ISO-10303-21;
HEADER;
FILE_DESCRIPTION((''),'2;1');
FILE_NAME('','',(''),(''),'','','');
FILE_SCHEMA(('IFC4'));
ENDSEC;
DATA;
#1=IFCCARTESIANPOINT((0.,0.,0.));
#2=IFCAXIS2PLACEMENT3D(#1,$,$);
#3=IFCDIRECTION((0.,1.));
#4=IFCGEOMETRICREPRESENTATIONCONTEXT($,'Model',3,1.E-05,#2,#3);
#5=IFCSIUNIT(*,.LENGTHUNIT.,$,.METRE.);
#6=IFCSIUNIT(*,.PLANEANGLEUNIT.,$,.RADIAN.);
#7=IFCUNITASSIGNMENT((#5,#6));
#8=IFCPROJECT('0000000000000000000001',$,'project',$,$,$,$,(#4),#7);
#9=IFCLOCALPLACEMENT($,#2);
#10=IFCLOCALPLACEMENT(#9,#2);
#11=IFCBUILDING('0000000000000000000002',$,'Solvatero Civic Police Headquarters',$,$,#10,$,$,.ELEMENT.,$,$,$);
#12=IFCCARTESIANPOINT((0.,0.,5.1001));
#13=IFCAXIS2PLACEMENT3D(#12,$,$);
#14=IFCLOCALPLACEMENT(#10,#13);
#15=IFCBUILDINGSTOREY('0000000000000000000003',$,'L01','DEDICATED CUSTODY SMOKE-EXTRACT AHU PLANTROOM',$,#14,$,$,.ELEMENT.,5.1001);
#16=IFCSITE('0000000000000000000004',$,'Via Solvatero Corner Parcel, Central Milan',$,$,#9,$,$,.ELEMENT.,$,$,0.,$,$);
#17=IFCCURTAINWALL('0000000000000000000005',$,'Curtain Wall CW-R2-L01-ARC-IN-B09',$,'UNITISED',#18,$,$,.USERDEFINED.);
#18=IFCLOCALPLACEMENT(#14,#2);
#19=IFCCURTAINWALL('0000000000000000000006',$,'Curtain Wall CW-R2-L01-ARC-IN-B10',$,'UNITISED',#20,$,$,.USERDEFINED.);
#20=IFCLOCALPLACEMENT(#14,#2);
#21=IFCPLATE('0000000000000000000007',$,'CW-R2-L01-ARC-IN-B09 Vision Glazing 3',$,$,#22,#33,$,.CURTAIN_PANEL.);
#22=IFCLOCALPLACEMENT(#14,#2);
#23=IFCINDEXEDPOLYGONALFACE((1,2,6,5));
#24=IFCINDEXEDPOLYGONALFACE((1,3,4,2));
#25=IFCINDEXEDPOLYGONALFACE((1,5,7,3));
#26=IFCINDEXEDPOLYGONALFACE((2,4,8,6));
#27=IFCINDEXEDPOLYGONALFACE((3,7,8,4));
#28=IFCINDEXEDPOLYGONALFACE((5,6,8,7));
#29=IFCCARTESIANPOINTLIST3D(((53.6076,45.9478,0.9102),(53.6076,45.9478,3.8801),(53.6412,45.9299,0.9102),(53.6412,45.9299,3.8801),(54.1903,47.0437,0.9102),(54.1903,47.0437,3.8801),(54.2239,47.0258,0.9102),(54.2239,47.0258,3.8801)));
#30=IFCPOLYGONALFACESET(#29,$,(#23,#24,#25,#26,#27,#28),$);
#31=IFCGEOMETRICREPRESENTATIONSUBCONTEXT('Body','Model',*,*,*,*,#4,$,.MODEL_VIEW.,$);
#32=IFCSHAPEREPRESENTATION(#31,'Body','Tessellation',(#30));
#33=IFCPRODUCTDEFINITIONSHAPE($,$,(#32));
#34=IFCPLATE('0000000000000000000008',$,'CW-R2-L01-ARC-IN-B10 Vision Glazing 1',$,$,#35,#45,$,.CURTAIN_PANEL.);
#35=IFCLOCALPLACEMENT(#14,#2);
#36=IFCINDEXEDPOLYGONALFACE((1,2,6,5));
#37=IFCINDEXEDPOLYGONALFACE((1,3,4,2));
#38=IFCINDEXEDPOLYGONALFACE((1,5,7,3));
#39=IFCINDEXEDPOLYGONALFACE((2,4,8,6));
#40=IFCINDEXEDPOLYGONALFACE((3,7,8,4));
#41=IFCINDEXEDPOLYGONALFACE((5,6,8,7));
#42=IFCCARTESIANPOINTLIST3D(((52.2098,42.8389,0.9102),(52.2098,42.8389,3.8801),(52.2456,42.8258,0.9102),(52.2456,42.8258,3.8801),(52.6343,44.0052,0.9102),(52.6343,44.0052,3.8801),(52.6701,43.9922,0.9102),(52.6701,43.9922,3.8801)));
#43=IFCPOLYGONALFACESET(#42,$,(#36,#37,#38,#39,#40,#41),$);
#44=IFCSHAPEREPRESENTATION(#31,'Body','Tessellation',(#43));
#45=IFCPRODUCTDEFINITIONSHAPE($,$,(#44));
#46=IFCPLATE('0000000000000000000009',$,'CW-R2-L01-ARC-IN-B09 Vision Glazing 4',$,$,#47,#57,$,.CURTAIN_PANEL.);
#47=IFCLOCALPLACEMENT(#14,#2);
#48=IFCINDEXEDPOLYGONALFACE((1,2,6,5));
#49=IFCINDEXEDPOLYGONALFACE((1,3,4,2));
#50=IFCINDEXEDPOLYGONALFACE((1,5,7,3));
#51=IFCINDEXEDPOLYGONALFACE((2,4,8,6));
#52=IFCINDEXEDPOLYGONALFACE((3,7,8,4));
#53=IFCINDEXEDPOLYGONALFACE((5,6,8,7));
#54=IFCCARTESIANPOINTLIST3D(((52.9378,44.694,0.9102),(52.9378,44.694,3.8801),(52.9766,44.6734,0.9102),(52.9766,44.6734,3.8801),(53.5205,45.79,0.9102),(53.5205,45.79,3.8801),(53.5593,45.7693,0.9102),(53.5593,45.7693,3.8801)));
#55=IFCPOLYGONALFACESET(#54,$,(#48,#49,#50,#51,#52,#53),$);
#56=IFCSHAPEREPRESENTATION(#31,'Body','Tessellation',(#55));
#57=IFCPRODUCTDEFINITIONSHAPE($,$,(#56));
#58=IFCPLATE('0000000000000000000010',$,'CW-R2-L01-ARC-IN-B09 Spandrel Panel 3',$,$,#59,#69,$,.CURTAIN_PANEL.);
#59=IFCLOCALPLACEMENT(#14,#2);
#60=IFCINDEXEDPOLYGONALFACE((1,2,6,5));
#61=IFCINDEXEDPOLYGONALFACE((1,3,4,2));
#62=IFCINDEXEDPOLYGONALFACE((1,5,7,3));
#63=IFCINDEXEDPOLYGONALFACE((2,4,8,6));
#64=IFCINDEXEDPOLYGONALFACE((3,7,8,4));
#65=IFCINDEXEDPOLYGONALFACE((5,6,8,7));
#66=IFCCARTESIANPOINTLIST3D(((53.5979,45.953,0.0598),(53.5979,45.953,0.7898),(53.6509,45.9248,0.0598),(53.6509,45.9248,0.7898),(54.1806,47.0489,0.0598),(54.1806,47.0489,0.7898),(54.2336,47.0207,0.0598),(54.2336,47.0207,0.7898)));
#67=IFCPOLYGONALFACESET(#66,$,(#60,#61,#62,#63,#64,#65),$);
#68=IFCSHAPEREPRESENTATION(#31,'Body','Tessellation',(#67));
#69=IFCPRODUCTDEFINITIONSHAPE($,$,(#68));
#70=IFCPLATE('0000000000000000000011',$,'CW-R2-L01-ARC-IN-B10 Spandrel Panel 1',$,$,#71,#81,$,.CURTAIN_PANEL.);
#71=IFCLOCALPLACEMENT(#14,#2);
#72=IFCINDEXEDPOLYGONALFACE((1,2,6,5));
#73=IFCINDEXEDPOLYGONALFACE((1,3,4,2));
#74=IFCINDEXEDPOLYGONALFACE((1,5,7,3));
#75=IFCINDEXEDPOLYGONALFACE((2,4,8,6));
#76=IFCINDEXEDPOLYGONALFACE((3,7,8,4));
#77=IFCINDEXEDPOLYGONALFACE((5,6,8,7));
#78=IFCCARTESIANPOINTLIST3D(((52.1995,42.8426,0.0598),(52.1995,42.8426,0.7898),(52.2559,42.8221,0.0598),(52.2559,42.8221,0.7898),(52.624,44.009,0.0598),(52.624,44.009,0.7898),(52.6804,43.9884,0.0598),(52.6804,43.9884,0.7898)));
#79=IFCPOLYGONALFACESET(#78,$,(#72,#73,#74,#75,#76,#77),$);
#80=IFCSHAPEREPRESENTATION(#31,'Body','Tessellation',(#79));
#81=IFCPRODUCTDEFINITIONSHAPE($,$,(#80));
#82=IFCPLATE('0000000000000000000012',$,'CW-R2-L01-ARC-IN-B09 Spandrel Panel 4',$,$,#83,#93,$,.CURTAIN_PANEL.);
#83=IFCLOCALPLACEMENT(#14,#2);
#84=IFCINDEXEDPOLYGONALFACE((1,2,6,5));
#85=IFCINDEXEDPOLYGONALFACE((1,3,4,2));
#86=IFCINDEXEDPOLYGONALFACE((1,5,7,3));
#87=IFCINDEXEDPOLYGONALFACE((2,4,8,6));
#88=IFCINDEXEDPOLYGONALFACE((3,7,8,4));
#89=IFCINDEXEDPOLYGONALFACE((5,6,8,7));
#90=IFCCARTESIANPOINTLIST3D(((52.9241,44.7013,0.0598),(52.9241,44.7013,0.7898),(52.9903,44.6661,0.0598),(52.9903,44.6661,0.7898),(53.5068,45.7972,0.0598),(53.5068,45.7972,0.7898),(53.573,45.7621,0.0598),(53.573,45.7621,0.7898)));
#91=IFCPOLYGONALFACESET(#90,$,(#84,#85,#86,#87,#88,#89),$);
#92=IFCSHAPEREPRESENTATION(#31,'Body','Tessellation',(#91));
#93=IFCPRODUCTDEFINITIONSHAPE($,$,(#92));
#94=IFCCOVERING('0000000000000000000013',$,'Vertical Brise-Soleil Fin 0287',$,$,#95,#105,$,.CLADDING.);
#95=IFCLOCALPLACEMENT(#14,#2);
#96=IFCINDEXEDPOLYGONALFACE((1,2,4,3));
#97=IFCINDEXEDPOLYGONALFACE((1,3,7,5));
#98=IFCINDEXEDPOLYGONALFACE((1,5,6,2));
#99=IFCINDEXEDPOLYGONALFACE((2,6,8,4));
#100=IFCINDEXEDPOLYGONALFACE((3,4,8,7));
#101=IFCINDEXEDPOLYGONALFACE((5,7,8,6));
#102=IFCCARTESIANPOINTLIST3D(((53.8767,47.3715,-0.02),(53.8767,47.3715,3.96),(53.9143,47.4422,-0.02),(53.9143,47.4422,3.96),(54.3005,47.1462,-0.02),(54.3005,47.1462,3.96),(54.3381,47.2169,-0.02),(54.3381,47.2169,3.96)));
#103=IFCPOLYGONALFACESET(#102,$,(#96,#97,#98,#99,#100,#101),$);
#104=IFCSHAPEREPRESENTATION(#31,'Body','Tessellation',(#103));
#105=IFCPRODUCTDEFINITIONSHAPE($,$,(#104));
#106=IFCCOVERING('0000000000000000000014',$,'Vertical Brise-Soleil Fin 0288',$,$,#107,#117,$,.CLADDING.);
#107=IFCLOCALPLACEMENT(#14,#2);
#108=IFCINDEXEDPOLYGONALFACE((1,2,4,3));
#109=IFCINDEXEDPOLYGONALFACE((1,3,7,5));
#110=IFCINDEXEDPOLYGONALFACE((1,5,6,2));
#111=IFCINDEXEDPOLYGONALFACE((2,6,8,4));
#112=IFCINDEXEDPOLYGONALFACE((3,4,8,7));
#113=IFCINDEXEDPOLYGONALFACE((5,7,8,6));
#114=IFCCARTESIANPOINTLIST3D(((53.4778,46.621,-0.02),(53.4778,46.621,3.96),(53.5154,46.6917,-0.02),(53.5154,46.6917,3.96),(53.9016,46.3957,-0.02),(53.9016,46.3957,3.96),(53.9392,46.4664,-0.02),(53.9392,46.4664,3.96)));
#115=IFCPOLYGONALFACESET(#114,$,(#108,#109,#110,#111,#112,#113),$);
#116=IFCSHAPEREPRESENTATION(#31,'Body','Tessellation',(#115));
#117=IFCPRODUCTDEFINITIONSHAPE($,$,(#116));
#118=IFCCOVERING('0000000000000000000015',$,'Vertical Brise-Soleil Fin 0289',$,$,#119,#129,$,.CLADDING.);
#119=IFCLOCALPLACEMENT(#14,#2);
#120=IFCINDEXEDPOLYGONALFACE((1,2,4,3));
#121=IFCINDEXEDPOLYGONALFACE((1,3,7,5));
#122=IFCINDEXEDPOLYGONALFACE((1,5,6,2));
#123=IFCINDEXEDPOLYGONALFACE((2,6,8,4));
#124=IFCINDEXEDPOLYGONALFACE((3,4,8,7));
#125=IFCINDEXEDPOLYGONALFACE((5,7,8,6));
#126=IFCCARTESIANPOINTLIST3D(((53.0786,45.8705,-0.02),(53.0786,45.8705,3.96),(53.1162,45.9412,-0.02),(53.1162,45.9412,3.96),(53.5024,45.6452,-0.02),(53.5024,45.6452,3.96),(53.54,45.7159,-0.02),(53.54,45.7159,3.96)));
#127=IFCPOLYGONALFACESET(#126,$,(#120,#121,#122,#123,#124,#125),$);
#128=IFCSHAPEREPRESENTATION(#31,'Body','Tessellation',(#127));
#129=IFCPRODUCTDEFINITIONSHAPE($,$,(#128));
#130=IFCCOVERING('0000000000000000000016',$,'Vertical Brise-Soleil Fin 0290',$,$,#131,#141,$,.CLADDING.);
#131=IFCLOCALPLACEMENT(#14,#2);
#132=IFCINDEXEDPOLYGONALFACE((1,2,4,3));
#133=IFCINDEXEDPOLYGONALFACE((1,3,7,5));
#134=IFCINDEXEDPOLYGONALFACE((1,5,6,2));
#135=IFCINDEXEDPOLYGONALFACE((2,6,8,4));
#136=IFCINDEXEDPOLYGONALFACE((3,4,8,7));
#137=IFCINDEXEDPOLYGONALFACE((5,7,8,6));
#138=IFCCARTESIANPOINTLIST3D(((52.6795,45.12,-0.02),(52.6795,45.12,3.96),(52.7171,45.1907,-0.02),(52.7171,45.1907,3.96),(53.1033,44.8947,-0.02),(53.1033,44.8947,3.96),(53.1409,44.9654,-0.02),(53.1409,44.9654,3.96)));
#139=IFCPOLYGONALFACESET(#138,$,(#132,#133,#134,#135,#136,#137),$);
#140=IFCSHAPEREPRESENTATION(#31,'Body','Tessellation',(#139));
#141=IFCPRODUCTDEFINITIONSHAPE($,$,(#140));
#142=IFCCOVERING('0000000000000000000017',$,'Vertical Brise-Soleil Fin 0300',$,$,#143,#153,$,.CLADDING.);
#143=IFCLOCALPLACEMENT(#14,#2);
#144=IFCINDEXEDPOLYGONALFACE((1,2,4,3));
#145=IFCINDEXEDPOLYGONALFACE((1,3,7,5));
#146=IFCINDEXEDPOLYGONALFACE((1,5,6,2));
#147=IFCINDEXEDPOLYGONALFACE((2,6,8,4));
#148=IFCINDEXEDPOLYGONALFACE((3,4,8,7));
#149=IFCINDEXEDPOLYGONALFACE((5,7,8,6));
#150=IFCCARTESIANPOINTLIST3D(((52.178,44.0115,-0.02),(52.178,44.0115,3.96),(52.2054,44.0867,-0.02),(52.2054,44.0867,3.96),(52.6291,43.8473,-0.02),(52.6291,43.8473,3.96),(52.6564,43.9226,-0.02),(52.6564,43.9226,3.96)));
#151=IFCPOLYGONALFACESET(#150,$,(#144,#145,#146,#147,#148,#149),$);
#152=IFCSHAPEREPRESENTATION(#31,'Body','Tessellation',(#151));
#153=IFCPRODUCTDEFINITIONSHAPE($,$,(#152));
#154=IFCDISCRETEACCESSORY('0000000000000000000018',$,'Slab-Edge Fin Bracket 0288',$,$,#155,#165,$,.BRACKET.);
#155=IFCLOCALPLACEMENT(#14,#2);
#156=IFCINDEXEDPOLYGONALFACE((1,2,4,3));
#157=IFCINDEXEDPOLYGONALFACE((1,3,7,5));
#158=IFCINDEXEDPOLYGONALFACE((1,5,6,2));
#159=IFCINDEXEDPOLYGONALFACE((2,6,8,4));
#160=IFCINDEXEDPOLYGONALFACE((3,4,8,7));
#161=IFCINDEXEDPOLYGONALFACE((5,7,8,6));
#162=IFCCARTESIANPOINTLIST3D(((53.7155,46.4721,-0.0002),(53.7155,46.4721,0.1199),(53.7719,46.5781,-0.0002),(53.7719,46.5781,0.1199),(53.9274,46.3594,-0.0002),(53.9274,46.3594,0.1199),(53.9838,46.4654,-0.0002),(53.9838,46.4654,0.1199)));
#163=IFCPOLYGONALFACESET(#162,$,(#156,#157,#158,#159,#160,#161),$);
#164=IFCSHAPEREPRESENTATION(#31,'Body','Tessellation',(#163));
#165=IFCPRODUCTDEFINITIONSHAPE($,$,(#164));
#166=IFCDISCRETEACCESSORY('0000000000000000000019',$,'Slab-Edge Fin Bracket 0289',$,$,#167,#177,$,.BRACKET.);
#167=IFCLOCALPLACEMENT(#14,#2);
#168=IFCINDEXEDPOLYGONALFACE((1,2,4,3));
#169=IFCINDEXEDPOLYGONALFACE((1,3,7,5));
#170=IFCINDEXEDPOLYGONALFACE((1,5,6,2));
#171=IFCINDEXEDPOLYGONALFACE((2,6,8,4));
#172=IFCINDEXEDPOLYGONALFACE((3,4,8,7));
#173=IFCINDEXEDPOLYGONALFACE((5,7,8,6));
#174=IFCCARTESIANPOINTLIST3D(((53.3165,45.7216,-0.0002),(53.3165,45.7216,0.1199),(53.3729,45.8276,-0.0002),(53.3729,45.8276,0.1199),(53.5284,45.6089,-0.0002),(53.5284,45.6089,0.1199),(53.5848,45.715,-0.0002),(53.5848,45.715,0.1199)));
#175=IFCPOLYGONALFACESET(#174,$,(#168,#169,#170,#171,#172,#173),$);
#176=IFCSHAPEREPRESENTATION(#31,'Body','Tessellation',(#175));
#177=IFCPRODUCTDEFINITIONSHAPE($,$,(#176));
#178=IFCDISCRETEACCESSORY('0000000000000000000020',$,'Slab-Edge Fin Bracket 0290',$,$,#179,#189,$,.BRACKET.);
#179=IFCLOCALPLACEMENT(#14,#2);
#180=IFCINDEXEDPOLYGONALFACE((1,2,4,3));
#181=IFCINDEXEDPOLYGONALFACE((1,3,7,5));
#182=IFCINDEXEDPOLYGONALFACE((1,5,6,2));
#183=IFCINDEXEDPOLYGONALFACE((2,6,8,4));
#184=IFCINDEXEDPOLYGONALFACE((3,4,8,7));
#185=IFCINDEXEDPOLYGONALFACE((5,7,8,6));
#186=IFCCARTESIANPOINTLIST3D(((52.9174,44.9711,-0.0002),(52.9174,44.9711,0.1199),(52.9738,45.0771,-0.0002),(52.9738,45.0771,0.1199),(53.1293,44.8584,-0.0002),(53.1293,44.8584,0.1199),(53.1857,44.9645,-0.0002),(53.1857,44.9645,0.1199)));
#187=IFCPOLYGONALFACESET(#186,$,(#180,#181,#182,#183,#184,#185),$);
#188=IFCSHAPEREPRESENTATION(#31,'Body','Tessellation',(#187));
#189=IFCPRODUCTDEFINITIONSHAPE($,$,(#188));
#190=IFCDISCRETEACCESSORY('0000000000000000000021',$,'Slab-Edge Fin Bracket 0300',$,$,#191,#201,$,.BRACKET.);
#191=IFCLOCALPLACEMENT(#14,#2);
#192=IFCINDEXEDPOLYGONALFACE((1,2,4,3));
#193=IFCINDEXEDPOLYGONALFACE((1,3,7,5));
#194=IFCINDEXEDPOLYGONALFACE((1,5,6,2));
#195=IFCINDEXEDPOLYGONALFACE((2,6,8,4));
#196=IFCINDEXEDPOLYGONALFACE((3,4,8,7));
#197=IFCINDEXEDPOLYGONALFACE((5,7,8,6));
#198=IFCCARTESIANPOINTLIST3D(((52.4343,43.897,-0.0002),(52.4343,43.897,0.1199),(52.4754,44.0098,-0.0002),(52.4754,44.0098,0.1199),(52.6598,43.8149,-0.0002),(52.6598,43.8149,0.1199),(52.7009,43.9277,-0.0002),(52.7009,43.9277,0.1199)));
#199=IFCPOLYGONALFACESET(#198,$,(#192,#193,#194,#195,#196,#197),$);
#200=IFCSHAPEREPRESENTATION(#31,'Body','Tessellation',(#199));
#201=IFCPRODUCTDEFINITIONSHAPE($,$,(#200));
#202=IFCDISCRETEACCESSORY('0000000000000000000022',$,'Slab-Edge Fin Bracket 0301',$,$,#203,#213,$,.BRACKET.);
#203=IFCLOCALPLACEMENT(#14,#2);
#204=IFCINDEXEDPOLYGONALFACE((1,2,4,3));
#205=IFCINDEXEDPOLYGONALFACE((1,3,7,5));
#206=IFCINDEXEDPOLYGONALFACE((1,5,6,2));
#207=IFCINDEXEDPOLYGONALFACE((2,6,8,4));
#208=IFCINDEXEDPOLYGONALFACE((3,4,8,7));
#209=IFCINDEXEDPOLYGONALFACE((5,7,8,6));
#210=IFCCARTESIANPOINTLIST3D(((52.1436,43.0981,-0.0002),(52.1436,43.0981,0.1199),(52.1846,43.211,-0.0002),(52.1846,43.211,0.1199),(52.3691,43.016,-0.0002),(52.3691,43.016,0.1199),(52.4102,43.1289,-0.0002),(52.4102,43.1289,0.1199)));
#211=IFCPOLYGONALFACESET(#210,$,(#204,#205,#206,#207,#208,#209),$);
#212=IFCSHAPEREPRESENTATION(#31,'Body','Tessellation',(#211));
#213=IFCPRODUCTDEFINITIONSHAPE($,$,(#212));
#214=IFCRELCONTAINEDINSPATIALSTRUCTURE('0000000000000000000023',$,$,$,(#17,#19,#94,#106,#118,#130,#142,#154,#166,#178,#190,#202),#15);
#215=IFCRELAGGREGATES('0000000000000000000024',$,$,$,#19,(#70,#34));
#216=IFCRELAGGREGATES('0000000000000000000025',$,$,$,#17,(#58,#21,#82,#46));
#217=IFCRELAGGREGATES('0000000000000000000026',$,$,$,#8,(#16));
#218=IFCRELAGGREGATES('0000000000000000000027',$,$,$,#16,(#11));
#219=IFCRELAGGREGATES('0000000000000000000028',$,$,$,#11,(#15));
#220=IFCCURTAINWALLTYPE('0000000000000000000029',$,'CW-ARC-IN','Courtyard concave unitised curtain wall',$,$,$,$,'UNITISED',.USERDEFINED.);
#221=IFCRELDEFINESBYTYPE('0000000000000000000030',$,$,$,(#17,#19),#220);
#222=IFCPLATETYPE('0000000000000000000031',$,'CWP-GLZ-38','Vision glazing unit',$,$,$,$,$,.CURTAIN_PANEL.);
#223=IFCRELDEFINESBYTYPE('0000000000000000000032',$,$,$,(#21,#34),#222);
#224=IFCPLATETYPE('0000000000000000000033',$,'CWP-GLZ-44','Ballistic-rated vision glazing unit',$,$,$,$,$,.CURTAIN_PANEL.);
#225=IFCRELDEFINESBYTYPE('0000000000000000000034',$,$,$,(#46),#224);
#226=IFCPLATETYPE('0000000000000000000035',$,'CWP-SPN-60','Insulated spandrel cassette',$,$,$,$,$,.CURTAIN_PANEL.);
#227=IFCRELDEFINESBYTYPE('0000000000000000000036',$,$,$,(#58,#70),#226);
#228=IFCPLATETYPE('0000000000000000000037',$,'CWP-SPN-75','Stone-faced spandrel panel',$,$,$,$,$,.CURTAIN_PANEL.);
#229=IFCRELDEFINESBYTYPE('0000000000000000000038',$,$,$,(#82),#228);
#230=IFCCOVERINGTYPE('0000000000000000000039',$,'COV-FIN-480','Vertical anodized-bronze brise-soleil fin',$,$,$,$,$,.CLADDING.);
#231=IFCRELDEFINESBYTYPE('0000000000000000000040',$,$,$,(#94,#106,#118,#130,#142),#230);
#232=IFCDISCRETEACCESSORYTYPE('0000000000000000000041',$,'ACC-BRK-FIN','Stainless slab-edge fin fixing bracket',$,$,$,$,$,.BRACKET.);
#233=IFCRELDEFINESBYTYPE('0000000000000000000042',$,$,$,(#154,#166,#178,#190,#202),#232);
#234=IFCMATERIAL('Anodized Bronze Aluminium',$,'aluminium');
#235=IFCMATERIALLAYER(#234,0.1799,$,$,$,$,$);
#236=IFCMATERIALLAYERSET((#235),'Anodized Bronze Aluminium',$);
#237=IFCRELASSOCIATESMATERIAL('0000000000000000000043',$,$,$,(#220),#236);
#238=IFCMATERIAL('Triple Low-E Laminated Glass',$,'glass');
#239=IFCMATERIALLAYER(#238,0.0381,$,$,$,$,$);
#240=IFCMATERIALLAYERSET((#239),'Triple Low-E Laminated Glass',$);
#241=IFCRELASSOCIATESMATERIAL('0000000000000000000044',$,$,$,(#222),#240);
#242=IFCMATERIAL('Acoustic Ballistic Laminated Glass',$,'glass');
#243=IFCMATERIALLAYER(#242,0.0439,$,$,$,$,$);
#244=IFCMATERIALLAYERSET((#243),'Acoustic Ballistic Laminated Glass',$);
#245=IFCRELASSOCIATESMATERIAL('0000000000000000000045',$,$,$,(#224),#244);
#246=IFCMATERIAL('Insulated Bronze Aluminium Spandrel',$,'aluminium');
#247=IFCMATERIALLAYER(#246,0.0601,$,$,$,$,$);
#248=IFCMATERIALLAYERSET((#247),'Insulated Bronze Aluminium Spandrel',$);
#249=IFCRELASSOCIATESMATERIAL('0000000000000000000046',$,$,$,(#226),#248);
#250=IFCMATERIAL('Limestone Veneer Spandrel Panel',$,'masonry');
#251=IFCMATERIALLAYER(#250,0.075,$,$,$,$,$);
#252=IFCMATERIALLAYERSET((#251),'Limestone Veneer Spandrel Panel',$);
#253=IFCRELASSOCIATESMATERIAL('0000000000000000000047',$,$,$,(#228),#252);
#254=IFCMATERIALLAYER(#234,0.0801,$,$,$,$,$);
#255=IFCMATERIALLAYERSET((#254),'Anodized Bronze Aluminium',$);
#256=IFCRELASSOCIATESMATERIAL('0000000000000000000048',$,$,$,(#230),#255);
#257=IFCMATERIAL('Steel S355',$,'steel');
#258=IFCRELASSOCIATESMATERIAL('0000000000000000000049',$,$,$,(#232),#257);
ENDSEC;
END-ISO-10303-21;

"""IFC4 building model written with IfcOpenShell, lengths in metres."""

from ifc_helpers import new_model, si_unit, direction, frame, origin, origin_2d, place, context, subcontext, project, spatial, rectangle, extrude, material, layer, layer_set, type_object, element, aggregate, save


model = new_model("IFC4")

# Units and contexts
model_context = context("Model", 3, precision=1e-05, world=origin(), true_north=direction((0.0, 1.0)))
body_context = subcontext(model_context, "Body", "Model", "MODEL_VIEW")
ifc_project = project(units=[si_unit("LENGTHUNIT", "METRE"), si_unit("PLANEANGLEUNIT", "RADIAN")], contexts=[model_context])

# Site, building, storey
site_placement = place(None, origin())
site = spatial("IfcSite", under=ifc_project, at=site_placement, Name="Via Solvatero Corner Parcel, Central Milan", CompositionType="ELEMENT", RefElevation=0.0)
building_placement = place(site_placement, origin())
building = spatial("IfcBuilding", under=site, at=building_placement, Name="Solvatero Civic Police Headquarters", CompositionType="ELEMENT")
storey_placement = place(building_placement, frame((0.0, 0.0, 5.1001)))
storey = spatial("IfcBuildingStorey", under=building, at=storey_placement, Name="L01", Description="DEDICATED CUSTODY SMOKE-EXTRACT AHU PLANTROOM", CompositionType="ELEMENT", Elevation=5.1001)

# Shared definitions
ifc_material_1 = material(Name="Steel S355", Category="steel")

# Curtain walls
ifc_material_2 = material(Name="Anodized Bronze Aluminium", Category="aluminium")
ifc_layer_1 = layer(ifc_material_2, 0.1799)
ifc_layer_set_1 = layer_set([ifc_layer_1], Name="Anodized Bronze Aluminium")
curtain_wall_type = type_object("IfcCurtainWallType", Name="CW-ARC-IN", Description="Courtyard concave unitised curtain wall", ElementType="UNITISED", PredefinedType="USERDEFINED", material=ifc_layer_set_1)
curtain_wall_1_placement = place(storey_placement, origin())
curtain_wall_1 = element("IfcCurtainWall", 1, at=curtain_wall_1_placement, inside=storey, type_object=curtain_wall_type, Name="Curtain Wall CW-R2-L01-ARC-IN-B09", ObjectType="UNITISED", PredefinedType="USERDEFINED")
curtain_wall_2_placement = place(storey_placement, origin())
curtain_wall_2 = element("IfcCurtainWall", 2, at=curtain_wall_2_placement, inside=storey, type_object=curtain_wall_type, Name="Curtain Wall CW-R2-L01-ARC-IN-B10", ObjectType="UNITISED", PredefinedType="USERDEFINED")

# Plates
ifc_material_3 = material(Name="Triple Low-E Laminated Glass", Category="glass")
ifc_layer_2 = layer(ifc_material_3, 0.0381)
ifc_layer_set_2 = layer_set([ifc_layer_2], Name="Triple Low-E Laminated Glass")
plate_type_1 = type_object("IfcPlateType", Name="CWP-GLZ-38", Description="Vision glazing unit", PredefinedType="CURTAIN_PANEL", material=ifc_layer_set_2)
plate_1_placement = place(storey_placement, frame((53.9158, 46.4868, 0.9102), z_axis=(0.0, 0.0, 1.0), x_axis=(-0.469472, -0.882948, 0.0)))
plate_1 = element("IfcPlate", 3, at=plate_1_placement, type_object=plate_type_1, Name="CW-R2-L01-ARC-IN-B09 Vision Glazing 3", PredefinedType="CURTAIN_PANEL", context=body_context, shape_type="SweptSolid", body=[
    extrude(rectangle(XDim=1.2412, YDim=0.0381, at=origin_2d()), origin(), (0.0, 0.0, 1.0), 2.97),
])
plate_2_placement = place(storey_placement, frame((52.4399, 43.4155, 0.9102), z_axis=(0.0, 0.0, 1.0), x_axis=(-0.34202, -0.939693, 0.0)))
plate_2 = element("IfcPlate", 4, at=plate_2_placement, type_object=plate_type_1, Name="CW-R2-L01-ARC-IN-B10 Vision Glazing 1", PredefinedType="CURTAIN_PANEL", context=body_context, shape_type="SweptSolid", body=[
    extrude(rectangle(XDim=1.2412, YDim=0.0381, at=origin_2d()), origin(), (0.0, 0.0, 1.0), 2.97),
])
ifc_material_4 = material(Name="Acoustic Ballistic Laminated Glass", Category="glass")
ifc_layer_3 = layer(ifc_material_4, 0.0439)
ifc_layer_set_3 = layer_set([ifc_layer_3], Name="Acoustic Ballistic Laminated Glass")
plate_type_2 = type_object("IfcPlateType", Name="CWP-GLZ-44", Description="Ballistic-rated vision glazing unit", PredefinedType="CURTAIN_PANEL", material=ifc_layer_set_3)
plate_3_placement = place(storey_placement, frame((53.2485, 45.2317, 0.9102), z_axis=(0.0, 0.0, 1.0), x_axis=(-0.469472, -0.882948, 0.0)))
plate_3 = element("IfcPlate", 5, at=plate_3_placement, type_object=plate_type_2, Name="CW-R2-L01-ARC-IN-B09 Vision Glazing 4", PredefinedType="CURTAIN_PANEL", context=body_context, shape_type="SweptSolid", body=[
    extrude(rectangle(XDim=1.2412, YDim=0.0439, at=origin_2d()), origin(), (0.0, 0.0, 1.0), 2.97),
])
ifc_material_5 = material(Name="Insulated Bronze Aluminium Spandrel", Category="aluminium")
ifc_layer_4 = layer(ifc_material_5, 0.0601)
ifc_layer_set_4 = layer_set([ifc_layer_4], Name="Insulated Bronze Aluminium Spandrel")
plate_type_3 = type_object("IfcPlateType", Name="CWP-SPN-60", Description="Insulated spandrel cassette", PredefinedType="CURTAIN_PANEL", material=ifc_layer_set_4)
plate_4_placement = place(storey_placement, frame((53.9158, 46.4868, 0.0598), z_axis=(0.0, 0.0, 1.0), x_axis=(-0.469472, -0.882948, 0.0)))
plate_4 = element("IfcPlate", 6, at=plate_4_placement, type_object=plate_type_3, Name="CW-R2-L01-ARC-IN-B09 Spandrel Panel 3", PredefinedType="CURTAIN_PANEL", context=body_context, shape_type="SweptSolid", body=[
    extrude(rectangle(XDim=1.2412, YDim=0.0601, at=origin_2d()), origin(), (0.0, 0.0, 1.0), 0.73),
])
plate_5_placement = place(storey_placement, frame((52.4399, 43.4155, 0.0598), z_axis=(0.0, 0.0, 1.0), x_axis=(-0.34202, -0.939693, 0.0)))
plate_5 = element("IfcPlate", 7, at=plate_5_placement, type_object=plate_type_3, Name="CW-R2-L01-ARC-IN-B10 Spandrel Panel 1", PredefinedType="CURTAIN_PANEL", context=body_context, shape_type="SweptSolid", body=[
    extrude(rectangle(XDim=1.2412, YDim=0.0601, at=origin_2d()), origin(), (0.0, 0.0, 1.0), 0.73),
])
aggregate(curtain_wall_2, [plate_5, plate_2])
ifc_material_6 = material(Name="Limestone Veneer Spandrel Panel", Category="masonry")
ifc_layer_5 = layer(ifc_material_6, 0.075)
ifc_layer_set_5 = layer_set([ifc_layer_5], Name="Limestone Veneer Spandrel Panel")
plate_type_4 = type_object("IfcPlateType", Name="CWP-SPN-75", Description="Stone-faced spandrel panel", PredefinedType="CURTAIN_PANEL", material=ifc_layer_set_5)
plate_6_placement = place(storey_placement, frame((53.2485, 45.2317, 0.0598), z_axis=(0.0, 0.0, 1.0), x_axis=(-0.469472, -0.882948, 0.0)))
plate_6 = element("IfcPlate", 8, at=plate_6_placement, type_object=plate_type_4, Name="CW-R2-L01-ARC-IN-B09 Spandrel Panel 4", PredefinedType="CURTAIN_PANEL", context=body_context, shape_type="SweptSolid", body=[
    extrude(rectangle(XDim=1.2412, YDim=0.075, at=origin_2d()), origin(), (0.0, 0.0, 1.0), 0.73),
])
aggregate(curtain_wall_1, [plate_4, plate_1, plate_6, plate_3])

# Coverings
ifc_layer_6 = layer(ifc_material_2, 0.0801)
ifc_layer_set_6 = layer_set([ifc_layer_6], Name="Anodized Bronze Aluminium")
covering_type = type_object("IfcCoveringType", Name="COV-FIN-480", Description="Vertical anodized-bronze brise-soleil fin", PredefinedType="CLADDING", material=ifc_layer_set_6)
for number, where, z_axis, x_axis, name in (
    (9, (54.1074, 47.2942, -0.02), (0.0, 0.0, 1.0), (-0.469472, -0.882948, 0.0), "Vertical Brise-Soleil Fin 0287"),
    (10, (53.7085, 46.5437, -0.02), (0.0, 0.0, 1.0), (-0.469472, -0.882948, 0.0), "Vertical Brise-Soleil Fin 0288"),
    (11, (53.3093, 45.7932, -0.02), (0.0, 0.0, 1.0), (-0.469472, -0.882948, 0.0), "Vertical Brise-Soleil Fin 0289"),
    (12, (52.9102, 45.0427, -0.02), (0.0, 0.0, 1.0), (-0.469472, -0.882948, 0.0), "Vertical Brise-Soleil Fin 0290"),
    (13, (52.4172, 43.967, -0.02), (0.0, 0.0, 1.0), (-0.34202, -0.939693, 0.0), "Vertical Brise-Soleil Fin 0300"),
):
    element("IfcCovering", number, at=place(storey_placement, frame(where, z_axis=z_axis, x_axis=x_axis)), inside=storey, type_object=covering_type, Name=name, PredefinedType="CLADDING", context=body_context, shape_type="SweptSolid", body=[
        extrude(rectangle(XDim=0.0801, YDim=0.48, at=origin_2d()), origin(), (0.0, 0.0, 1.0), 3.98),
    ])

# Discrete accessories
discrete_accessory_type = type_object("IfcDiscreteAccessoryType", Name="ACC-BRK-FIN", Description="Stainless slab-edge fin fixing bracket", PredefinedType="BRACKET", material=ifc_material_1)
for number, where, z_axis, x_axis, name in (
    (14, (53.8496, 46.4688, -0.0002), (0.0, 0.0, 1.0), (-0.469472, -0.882948, 0.0), "Slab-Edge Fin Bracket 0288"),
    (15, (53.4507, 45.7183, -0.0002), (0.0, 0.0, 1.0), (-0.469472, -0.882948, 0.0), "Slab-Edge Fin Bracket 0289"),
    (16, (53.0515, 44.9678, -0.0002), (0.0, 0.0, 1.0), (-0.469472, -0.882948, 0.0), "Slab-Edge Fin Bracket 0290"),
    (17, (52.5676, 43.9124, -0.0002), (0.0, 0.0, 1.0), (-0.34202, -0.939693, 0.0), "Slab-Edge Fin Bracket 0300"),
    (18, (52.2769, 43.1135, -0.0002), (0.0, 0.0, 1.0), (-0.34202, -0.939693, 0.0), "Slab-Edge Fin Bracket 0301"),
):
    element("IfcDiscreteAccessory", number, at=place(storey_placement, frame(where, z_axis=z_axis, x_axis=x_axis)), inside=storey, type_object=discrete_accessory_type, Name=name, PredefinedType="BRACKET", context=body_context, shape_type="SweptSolid", body=[
        extrude(rectangle(XDim=0.1201, YDim=0.24, at=origin_2d()), origin(), (0.0, 0.0, 1.0), 0.1201),
    ])

save(model, "model.ifc")
